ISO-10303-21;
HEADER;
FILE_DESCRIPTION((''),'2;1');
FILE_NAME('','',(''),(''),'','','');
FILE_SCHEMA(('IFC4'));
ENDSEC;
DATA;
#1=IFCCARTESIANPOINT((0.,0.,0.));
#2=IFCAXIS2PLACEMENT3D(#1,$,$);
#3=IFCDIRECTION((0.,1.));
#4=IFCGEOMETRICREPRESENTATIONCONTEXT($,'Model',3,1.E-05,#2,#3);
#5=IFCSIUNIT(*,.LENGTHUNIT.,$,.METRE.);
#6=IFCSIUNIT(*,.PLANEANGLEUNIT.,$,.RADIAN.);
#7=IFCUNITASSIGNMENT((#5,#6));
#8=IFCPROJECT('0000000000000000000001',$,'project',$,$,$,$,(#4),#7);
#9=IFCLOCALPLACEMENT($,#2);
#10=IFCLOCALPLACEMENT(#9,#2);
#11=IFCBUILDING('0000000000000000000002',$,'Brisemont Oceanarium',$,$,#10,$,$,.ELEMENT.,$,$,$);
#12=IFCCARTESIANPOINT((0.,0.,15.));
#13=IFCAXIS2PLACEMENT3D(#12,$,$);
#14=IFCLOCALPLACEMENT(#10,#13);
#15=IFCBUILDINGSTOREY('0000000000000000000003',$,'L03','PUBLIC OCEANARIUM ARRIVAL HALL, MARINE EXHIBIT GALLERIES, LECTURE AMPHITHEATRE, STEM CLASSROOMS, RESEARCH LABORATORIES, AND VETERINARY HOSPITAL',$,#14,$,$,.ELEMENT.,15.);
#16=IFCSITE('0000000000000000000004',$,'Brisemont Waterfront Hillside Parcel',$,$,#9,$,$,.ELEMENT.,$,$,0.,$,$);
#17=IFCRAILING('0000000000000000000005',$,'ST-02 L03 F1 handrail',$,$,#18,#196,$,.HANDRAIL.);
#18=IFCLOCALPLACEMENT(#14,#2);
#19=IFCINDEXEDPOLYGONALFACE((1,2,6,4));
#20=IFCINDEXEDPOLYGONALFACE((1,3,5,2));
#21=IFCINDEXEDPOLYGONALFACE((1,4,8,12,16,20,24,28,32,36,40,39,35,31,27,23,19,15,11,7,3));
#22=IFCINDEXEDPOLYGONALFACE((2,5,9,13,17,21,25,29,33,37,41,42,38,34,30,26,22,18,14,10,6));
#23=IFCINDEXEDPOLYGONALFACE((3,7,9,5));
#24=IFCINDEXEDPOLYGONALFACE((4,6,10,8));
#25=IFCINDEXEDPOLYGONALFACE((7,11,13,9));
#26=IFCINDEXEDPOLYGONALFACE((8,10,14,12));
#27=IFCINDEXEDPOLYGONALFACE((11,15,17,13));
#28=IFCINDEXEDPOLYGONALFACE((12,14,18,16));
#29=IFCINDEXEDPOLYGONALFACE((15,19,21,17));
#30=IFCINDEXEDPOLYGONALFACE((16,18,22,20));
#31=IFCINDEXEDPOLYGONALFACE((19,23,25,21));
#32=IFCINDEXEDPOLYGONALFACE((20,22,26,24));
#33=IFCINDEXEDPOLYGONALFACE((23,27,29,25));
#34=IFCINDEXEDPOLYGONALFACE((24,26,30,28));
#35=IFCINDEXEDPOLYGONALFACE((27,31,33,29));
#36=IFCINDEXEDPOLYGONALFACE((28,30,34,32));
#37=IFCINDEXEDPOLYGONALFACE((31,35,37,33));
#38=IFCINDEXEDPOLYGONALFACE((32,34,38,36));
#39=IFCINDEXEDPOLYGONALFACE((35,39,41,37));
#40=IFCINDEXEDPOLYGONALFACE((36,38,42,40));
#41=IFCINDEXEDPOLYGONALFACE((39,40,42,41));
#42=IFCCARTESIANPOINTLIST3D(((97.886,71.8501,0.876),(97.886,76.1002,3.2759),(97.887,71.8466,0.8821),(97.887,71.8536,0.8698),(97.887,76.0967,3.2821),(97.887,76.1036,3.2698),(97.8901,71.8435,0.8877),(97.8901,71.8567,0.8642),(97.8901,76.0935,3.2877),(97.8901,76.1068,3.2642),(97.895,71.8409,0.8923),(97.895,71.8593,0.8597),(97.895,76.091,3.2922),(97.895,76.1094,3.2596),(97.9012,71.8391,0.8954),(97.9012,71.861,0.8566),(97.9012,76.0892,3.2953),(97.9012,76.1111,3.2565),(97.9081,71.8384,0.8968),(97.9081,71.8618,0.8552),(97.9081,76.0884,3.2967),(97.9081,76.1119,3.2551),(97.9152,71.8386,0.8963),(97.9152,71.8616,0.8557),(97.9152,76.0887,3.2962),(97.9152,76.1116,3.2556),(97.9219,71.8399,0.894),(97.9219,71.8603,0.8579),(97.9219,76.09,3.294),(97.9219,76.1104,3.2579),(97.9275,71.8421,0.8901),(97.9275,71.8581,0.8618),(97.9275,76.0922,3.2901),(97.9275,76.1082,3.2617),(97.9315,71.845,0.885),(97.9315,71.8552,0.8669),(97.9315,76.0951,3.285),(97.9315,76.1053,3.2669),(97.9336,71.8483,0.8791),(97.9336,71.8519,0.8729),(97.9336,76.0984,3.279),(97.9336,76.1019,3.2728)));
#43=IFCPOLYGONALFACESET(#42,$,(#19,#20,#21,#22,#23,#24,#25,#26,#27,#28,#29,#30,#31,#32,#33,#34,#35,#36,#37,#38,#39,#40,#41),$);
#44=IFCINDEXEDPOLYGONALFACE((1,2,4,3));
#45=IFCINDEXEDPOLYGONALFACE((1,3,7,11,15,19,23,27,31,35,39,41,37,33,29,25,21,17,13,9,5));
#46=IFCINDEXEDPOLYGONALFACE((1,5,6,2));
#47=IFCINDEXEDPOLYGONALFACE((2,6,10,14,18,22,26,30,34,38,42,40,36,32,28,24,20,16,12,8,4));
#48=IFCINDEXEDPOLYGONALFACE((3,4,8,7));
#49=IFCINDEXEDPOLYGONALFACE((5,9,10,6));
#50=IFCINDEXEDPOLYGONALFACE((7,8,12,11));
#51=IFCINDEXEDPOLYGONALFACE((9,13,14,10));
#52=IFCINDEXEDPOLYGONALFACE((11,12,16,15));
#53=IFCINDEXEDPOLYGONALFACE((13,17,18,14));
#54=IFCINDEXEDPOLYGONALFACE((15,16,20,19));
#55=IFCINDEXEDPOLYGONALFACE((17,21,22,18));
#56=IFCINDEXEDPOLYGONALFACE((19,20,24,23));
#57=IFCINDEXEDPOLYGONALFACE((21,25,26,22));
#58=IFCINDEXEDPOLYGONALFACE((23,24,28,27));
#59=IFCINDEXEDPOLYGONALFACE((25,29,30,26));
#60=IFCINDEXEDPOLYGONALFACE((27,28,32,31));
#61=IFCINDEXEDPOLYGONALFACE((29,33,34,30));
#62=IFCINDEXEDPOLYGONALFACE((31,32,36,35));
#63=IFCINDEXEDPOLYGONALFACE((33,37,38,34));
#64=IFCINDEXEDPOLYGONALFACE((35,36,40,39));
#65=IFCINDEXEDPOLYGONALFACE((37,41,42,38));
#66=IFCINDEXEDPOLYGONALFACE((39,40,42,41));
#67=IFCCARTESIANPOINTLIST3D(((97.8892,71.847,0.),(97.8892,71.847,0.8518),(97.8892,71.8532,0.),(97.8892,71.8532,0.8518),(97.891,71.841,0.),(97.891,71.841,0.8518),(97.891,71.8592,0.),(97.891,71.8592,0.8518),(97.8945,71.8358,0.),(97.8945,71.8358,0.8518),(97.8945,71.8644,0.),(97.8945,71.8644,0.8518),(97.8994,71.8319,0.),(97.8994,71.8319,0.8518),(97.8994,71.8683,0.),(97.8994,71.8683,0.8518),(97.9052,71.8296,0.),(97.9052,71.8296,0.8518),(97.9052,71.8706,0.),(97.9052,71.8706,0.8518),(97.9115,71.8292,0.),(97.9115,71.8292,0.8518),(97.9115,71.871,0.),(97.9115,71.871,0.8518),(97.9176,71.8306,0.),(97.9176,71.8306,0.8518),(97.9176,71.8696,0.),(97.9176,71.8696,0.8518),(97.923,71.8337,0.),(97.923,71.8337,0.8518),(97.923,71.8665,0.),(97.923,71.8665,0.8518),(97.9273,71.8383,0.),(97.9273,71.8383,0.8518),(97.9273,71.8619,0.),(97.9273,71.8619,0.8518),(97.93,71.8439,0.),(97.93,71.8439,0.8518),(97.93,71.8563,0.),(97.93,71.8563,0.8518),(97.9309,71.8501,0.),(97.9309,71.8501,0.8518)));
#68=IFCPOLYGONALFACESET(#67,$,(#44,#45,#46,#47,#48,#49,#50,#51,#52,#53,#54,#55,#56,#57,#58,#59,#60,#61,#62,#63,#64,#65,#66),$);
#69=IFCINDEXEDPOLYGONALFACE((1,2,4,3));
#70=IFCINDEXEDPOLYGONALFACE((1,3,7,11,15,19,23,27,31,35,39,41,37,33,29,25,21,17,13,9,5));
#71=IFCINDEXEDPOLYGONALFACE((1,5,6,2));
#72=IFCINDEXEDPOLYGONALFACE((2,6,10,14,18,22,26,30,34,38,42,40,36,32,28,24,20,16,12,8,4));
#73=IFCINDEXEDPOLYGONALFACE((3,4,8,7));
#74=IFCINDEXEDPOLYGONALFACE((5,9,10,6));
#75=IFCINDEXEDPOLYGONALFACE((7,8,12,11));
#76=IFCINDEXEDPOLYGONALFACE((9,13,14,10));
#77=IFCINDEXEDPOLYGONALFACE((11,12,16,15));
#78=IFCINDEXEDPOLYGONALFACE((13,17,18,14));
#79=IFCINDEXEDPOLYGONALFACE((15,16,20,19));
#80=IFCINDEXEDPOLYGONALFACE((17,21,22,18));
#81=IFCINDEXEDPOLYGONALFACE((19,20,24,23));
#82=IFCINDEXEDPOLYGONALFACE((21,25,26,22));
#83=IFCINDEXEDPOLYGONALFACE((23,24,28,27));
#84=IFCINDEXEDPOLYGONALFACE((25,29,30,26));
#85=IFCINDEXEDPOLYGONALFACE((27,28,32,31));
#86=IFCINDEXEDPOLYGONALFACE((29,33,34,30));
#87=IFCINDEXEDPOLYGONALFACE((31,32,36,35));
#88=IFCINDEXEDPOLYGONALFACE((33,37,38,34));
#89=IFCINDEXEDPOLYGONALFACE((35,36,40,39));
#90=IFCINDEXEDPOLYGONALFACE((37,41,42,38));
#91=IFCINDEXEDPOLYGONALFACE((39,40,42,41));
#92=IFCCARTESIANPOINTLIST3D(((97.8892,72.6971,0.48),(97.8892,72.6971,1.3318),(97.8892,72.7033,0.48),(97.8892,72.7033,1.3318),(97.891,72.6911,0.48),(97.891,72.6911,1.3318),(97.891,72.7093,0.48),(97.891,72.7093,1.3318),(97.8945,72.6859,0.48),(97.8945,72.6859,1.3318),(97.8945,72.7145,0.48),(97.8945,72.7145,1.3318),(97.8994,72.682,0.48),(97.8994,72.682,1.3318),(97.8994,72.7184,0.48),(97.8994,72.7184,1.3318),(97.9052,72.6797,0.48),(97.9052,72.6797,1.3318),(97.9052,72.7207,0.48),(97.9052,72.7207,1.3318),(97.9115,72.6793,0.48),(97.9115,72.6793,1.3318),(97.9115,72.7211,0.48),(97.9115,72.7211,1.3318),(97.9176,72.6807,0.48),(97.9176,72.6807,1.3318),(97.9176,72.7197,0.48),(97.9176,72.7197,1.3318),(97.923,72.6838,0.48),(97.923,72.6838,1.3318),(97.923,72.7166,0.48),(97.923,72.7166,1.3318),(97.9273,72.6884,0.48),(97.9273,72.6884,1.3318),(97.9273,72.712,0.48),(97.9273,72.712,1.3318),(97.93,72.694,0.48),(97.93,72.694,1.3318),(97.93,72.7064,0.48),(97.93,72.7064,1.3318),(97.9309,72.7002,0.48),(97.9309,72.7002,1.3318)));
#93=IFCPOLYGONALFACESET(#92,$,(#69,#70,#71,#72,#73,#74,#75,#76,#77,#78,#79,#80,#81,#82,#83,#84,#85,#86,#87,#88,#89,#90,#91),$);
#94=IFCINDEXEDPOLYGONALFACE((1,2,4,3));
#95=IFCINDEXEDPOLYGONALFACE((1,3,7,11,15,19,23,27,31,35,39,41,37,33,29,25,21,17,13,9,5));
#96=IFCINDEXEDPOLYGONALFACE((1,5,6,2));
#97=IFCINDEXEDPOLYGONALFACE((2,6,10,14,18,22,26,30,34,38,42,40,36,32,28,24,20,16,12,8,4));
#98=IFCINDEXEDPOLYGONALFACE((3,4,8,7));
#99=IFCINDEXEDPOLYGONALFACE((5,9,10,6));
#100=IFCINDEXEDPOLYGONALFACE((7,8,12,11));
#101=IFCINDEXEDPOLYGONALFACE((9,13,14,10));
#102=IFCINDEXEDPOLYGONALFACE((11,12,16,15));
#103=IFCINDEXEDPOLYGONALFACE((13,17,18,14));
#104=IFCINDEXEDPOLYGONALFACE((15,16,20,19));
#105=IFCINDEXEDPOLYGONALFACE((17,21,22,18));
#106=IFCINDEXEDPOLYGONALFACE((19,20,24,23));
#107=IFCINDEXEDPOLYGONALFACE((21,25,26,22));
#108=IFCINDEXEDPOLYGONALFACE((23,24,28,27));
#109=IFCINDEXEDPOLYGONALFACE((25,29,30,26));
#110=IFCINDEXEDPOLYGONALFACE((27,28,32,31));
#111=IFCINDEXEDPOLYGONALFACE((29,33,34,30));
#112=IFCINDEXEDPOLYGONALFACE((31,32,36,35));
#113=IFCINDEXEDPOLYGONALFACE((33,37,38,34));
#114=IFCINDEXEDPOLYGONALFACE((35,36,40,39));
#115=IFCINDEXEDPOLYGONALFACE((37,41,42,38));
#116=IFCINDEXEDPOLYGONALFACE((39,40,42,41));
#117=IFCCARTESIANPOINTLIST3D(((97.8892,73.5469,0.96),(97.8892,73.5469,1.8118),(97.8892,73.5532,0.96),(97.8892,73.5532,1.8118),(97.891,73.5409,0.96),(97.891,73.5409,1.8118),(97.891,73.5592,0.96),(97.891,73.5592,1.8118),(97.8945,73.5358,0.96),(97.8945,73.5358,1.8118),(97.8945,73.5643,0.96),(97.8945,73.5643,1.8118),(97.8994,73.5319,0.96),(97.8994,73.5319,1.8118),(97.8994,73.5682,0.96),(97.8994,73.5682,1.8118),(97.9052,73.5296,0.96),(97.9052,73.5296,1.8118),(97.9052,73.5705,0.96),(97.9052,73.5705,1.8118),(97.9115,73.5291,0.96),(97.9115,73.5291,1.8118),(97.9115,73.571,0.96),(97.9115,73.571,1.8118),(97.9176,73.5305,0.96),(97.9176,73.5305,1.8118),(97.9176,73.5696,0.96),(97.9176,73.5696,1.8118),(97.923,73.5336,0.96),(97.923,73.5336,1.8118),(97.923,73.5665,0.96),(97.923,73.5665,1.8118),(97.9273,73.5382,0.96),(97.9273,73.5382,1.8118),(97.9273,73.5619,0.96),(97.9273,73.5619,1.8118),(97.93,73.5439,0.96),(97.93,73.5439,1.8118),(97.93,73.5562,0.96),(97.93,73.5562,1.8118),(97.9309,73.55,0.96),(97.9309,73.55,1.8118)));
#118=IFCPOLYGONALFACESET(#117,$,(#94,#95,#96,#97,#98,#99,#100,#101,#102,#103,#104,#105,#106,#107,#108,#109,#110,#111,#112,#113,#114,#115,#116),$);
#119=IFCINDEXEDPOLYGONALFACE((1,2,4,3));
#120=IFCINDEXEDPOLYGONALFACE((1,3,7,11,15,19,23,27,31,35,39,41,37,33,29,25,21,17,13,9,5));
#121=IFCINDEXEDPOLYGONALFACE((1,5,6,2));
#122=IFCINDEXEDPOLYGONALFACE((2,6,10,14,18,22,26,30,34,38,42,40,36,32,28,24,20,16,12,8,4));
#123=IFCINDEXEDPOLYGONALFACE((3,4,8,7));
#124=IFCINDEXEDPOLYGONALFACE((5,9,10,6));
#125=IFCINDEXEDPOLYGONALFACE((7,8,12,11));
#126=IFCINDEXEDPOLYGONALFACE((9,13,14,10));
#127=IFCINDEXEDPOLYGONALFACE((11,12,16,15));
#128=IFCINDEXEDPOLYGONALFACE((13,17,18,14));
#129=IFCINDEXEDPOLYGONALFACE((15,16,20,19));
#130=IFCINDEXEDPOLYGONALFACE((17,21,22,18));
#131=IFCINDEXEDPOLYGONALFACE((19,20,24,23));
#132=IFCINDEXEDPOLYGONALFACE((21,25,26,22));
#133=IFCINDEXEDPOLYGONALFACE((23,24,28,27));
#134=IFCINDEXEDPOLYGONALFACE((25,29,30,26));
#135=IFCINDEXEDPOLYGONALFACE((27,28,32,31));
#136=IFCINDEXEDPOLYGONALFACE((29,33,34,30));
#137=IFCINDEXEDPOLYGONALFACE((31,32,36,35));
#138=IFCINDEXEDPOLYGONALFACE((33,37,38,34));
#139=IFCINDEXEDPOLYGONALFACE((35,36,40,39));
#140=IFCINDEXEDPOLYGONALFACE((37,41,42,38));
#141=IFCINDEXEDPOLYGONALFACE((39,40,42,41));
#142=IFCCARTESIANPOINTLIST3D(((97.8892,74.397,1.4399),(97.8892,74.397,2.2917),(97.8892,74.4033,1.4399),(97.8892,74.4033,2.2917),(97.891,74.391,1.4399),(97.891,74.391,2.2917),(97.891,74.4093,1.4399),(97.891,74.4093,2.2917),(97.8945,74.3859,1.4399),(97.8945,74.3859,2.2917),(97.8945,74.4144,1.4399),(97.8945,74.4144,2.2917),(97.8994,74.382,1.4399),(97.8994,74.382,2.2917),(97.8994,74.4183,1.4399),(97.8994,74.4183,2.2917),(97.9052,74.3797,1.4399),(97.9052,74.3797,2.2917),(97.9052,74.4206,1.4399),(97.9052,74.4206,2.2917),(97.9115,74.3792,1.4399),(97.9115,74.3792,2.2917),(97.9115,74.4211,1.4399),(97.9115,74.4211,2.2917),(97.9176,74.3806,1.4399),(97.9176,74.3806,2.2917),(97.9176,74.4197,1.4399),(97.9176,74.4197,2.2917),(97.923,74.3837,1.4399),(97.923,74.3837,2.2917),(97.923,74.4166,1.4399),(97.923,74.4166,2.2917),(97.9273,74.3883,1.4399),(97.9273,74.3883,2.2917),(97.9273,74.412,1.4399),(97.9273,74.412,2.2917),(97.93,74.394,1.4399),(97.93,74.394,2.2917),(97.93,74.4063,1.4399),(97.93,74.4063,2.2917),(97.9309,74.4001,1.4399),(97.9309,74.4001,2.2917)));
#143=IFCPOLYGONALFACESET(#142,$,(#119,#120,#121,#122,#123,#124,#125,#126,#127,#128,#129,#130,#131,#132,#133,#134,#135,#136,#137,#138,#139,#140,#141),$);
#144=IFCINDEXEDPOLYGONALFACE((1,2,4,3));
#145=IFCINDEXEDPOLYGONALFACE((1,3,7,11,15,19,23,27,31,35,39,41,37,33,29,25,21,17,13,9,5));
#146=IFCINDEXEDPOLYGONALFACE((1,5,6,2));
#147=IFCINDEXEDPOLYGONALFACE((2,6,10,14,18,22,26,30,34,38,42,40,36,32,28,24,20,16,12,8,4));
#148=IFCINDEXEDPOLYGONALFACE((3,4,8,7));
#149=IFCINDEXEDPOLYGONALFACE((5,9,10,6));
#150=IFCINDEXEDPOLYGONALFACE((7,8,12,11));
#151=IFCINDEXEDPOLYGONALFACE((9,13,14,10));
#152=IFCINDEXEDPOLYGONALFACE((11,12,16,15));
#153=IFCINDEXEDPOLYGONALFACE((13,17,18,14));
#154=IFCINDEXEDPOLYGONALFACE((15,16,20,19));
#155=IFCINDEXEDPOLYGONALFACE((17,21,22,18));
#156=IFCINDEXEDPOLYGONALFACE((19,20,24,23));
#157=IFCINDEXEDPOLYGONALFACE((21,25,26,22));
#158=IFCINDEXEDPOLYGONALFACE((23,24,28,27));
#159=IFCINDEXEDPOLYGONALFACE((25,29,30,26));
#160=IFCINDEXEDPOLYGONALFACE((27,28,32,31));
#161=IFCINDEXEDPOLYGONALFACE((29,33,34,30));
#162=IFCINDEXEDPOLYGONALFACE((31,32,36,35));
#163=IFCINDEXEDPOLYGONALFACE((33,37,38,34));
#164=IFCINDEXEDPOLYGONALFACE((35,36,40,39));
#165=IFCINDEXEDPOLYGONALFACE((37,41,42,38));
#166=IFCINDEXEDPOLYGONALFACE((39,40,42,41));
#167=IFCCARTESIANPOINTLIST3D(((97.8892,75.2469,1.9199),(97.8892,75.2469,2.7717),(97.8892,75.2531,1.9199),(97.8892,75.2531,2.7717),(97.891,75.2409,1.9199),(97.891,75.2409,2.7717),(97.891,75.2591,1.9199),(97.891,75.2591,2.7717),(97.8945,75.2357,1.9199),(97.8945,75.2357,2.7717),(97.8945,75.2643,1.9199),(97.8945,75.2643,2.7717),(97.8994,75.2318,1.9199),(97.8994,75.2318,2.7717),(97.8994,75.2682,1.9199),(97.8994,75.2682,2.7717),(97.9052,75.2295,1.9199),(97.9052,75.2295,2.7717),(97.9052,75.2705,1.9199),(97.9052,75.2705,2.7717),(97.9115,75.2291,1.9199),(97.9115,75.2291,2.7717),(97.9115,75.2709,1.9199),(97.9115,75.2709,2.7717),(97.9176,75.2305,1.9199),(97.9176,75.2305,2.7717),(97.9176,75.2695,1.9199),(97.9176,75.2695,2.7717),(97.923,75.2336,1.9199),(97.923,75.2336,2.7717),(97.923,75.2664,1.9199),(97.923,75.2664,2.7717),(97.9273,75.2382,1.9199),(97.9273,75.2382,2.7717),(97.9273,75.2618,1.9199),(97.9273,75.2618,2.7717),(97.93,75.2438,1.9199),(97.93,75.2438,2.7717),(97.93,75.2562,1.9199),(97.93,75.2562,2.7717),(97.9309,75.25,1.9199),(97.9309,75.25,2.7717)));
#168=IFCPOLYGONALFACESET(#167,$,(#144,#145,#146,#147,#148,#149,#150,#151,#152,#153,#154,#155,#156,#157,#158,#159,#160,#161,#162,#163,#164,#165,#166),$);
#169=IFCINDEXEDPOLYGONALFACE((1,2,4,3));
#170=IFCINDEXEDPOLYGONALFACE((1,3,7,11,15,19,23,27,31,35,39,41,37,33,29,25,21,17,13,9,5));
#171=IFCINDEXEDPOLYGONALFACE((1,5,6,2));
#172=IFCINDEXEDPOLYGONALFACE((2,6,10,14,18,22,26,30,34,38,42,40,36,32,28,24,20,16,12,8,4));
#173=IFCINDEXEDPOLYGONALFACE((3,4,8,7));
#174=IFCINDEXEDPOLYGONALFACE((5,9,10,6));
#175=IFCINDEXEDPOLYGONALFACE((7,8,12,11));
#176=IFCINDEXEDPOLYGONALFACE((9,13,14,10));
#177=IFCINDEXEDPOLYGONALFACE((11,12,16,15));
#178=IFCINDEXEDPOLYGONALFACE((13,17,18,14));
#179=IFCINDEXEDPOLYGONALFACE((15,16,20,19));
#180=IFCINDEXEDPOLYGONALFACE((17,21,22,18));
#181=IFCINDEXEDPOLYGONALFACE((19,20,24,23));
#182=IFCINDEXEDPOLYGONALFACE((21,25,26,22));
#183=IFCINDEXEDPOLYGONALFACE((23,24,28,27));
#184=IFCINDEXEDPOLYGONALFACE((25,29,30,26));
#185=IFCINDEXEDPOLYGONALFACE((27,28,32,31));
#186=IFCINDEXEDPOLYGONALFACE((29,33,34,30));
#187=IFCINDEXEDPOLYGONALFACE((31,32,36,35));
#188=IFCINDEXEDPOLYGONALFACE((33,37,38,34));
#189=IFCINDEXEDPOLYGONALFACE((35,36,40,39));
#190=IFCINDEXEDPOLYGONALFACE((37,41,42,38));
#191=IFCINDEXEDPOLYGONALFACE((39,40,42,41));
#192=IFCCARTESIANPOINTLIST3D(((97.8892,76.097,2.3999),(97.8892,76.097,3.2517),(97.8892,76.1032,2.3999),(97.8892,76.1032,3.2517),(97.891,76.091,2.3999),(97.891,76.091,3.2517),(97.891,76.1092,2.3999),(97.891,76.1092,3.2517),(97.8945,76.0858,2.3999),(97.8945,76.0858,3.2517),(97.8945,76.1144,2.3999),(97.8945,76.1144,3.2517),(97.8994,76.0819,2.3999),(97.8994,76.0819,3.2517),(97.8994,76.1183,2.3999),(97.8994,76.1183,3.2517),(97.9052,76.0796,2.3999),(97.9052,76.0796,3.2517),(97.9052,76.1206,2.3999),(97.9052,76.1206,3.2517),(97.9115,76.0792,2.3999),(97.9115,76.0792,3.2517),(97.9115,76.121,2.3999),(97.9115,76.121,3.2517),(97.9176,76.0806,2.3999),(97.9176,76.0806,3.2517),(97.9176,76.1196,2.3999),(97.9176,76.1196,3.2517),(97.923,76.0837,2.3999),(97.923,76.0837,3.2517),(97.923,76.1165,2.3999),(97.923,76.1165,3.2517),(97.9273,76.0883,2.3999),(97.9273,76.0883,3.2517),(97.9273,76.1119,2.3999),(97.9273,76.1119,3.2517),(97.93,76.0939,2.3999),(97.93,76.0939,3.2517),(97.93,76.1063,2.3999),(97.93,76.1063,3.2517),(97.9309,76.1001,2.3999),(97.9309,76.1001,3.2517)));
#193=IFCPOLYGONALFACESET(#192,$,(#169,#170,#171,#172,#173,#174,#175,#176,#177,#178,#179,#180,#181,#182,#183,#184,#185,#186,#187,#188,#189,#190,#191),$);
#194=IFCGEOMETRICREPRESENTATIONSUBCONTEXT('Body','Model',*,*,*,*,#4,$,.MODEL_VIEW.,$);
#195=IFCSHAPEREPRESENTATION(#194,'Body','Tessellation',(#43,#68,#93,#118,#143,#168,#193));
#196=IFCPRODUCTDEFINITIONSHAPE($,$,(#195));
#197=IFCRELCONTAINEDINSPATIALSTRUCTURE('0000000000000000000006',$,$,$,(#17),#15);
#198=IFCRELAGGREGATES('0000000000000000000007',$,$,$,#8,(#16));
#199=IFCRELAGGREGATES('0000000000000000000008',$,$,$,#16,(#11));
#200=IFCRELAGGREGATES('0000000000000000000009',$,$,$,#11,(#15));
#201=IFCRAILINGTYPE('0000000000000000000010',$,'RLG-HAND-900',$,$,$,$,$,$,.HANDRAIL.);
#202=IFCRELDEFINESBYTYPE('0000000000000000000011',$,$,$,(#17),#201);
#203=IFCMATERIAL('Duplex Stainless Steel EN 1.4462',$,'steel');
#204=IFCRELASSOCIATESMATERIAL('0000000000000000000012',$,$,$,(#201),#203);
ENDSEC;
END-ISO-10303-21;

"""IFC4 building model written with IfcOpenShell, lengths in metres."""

from ifc_helpers import new_model, si_unit, direction, frame, origin, origin_2d, place, context, subcontext, project, spatial, circle, extrude, material, type_object, element, save


model = new_model("IFC4")

# Units and contexts
model_context = context("Model", 3, precision=1e-05, world=origin(), true_north=direction((0.0, 1.0)))
body_context = subcontext(model_context, "Body", "Model", "MODEL_VIEW")
ifc_project = project(units=[si_unit("LENGTHUNIT", "METRE"), si_unit("PLANEANGLEUNIT", "RADIAN")], contexts=[model_context])

# Site, building, storey
site_placement = place(None, origin())
site = spatial("IfcSite", under=ifc_project, at=site_placement, Name="Brisemont Waterfront Hillside Parcel", CompositionType="ELEMENT", RefElevation=0.0)
building_placement = place(site_placement, origin())
building = spatial("IfcBuilding", under=site, at=building_placement, Name="Brisemont Oceanarium", CompositionType="ELEMENT")
storey_placement = place(building_placement, frame((0.0, 0.0, 15.0)))
storey = spatial("IfcBuildingStorey", under=building, at=storey_placement, Name="L03", Description="PUBLIC OCEANARIUM ARRIVAL HALL, MARINE EXHIBIT GALLERIES, LECTURE AMPHITHEATRE, STEM CLASSROOMS, RESEARCH LABORATORIES, AND VETERINARY HOSPITAL", CompositionType="ELEMENT", Elevation=15.0)

# Railing
ifc_material_1 = material(Name="Duplex Stainless Steel EN 1.4462", Category="steel")
railing_type_1 = type_object("IfcRailingType", Name="RLG-HAND-900", PredefinedType="HANDRAIL", material=ifc_material_1)
railing_1_placement = place(storey_placement, frame((97.9099, 71.8501, 0.0)))
element("IfcRailing", 1, at=railing_1_placement, inside=storey, type_object=railing_type_1, Name="ST-02 L03 F1 handrail", PredefinedType="HANDRAIL", context=body_context, shape_type="SweptSolid", body=[
    extrude(circle(Radius=0.0239, at=origin_2d()), frame((0.0, 0.0, 0.876), z_axis=(0.0, 0.870762, 0.491704), x_axis=(-1.0, 0.0, 0.0)), (0.0, 0.0, 1.0), 4.8809),
    extrude(circle(Radius=0.021, at=origin_2d()), origin(), (0.0, 0.0, 1.0), 0.8518),
    extrude(circle(Radius=0.021, at=origin_2d()), frame((0.0, 0.8501, 0.48)), (0.0, 0.0, 1.0), 0.8518),
    extrude(circle(Radius=0.021, at=origin_2d()), frame((0.0, 1.7, 0.96)), (0.0, 0.0, 1.0), 0.8518),
    extrude(circle(Radius=0.021, at=origin_2d()), frame((0.0, 2.55, 1.4399)), (0.0, 0.0, 1.0), 0.8518),
    extrude(circle(Radius=0.021, at=origin_2d()), frame((0.0, 3.3999, 1.9199)), (0.0, 0.0, 1.0), 0.8518),
    extrude(circle(Radius=0.021, at=origin_2d()), frame((0.0, 4.25, 2.3999)), (0.0, 0.0, 1.0), 0.8518),
])

save(model, "model.ifc")
